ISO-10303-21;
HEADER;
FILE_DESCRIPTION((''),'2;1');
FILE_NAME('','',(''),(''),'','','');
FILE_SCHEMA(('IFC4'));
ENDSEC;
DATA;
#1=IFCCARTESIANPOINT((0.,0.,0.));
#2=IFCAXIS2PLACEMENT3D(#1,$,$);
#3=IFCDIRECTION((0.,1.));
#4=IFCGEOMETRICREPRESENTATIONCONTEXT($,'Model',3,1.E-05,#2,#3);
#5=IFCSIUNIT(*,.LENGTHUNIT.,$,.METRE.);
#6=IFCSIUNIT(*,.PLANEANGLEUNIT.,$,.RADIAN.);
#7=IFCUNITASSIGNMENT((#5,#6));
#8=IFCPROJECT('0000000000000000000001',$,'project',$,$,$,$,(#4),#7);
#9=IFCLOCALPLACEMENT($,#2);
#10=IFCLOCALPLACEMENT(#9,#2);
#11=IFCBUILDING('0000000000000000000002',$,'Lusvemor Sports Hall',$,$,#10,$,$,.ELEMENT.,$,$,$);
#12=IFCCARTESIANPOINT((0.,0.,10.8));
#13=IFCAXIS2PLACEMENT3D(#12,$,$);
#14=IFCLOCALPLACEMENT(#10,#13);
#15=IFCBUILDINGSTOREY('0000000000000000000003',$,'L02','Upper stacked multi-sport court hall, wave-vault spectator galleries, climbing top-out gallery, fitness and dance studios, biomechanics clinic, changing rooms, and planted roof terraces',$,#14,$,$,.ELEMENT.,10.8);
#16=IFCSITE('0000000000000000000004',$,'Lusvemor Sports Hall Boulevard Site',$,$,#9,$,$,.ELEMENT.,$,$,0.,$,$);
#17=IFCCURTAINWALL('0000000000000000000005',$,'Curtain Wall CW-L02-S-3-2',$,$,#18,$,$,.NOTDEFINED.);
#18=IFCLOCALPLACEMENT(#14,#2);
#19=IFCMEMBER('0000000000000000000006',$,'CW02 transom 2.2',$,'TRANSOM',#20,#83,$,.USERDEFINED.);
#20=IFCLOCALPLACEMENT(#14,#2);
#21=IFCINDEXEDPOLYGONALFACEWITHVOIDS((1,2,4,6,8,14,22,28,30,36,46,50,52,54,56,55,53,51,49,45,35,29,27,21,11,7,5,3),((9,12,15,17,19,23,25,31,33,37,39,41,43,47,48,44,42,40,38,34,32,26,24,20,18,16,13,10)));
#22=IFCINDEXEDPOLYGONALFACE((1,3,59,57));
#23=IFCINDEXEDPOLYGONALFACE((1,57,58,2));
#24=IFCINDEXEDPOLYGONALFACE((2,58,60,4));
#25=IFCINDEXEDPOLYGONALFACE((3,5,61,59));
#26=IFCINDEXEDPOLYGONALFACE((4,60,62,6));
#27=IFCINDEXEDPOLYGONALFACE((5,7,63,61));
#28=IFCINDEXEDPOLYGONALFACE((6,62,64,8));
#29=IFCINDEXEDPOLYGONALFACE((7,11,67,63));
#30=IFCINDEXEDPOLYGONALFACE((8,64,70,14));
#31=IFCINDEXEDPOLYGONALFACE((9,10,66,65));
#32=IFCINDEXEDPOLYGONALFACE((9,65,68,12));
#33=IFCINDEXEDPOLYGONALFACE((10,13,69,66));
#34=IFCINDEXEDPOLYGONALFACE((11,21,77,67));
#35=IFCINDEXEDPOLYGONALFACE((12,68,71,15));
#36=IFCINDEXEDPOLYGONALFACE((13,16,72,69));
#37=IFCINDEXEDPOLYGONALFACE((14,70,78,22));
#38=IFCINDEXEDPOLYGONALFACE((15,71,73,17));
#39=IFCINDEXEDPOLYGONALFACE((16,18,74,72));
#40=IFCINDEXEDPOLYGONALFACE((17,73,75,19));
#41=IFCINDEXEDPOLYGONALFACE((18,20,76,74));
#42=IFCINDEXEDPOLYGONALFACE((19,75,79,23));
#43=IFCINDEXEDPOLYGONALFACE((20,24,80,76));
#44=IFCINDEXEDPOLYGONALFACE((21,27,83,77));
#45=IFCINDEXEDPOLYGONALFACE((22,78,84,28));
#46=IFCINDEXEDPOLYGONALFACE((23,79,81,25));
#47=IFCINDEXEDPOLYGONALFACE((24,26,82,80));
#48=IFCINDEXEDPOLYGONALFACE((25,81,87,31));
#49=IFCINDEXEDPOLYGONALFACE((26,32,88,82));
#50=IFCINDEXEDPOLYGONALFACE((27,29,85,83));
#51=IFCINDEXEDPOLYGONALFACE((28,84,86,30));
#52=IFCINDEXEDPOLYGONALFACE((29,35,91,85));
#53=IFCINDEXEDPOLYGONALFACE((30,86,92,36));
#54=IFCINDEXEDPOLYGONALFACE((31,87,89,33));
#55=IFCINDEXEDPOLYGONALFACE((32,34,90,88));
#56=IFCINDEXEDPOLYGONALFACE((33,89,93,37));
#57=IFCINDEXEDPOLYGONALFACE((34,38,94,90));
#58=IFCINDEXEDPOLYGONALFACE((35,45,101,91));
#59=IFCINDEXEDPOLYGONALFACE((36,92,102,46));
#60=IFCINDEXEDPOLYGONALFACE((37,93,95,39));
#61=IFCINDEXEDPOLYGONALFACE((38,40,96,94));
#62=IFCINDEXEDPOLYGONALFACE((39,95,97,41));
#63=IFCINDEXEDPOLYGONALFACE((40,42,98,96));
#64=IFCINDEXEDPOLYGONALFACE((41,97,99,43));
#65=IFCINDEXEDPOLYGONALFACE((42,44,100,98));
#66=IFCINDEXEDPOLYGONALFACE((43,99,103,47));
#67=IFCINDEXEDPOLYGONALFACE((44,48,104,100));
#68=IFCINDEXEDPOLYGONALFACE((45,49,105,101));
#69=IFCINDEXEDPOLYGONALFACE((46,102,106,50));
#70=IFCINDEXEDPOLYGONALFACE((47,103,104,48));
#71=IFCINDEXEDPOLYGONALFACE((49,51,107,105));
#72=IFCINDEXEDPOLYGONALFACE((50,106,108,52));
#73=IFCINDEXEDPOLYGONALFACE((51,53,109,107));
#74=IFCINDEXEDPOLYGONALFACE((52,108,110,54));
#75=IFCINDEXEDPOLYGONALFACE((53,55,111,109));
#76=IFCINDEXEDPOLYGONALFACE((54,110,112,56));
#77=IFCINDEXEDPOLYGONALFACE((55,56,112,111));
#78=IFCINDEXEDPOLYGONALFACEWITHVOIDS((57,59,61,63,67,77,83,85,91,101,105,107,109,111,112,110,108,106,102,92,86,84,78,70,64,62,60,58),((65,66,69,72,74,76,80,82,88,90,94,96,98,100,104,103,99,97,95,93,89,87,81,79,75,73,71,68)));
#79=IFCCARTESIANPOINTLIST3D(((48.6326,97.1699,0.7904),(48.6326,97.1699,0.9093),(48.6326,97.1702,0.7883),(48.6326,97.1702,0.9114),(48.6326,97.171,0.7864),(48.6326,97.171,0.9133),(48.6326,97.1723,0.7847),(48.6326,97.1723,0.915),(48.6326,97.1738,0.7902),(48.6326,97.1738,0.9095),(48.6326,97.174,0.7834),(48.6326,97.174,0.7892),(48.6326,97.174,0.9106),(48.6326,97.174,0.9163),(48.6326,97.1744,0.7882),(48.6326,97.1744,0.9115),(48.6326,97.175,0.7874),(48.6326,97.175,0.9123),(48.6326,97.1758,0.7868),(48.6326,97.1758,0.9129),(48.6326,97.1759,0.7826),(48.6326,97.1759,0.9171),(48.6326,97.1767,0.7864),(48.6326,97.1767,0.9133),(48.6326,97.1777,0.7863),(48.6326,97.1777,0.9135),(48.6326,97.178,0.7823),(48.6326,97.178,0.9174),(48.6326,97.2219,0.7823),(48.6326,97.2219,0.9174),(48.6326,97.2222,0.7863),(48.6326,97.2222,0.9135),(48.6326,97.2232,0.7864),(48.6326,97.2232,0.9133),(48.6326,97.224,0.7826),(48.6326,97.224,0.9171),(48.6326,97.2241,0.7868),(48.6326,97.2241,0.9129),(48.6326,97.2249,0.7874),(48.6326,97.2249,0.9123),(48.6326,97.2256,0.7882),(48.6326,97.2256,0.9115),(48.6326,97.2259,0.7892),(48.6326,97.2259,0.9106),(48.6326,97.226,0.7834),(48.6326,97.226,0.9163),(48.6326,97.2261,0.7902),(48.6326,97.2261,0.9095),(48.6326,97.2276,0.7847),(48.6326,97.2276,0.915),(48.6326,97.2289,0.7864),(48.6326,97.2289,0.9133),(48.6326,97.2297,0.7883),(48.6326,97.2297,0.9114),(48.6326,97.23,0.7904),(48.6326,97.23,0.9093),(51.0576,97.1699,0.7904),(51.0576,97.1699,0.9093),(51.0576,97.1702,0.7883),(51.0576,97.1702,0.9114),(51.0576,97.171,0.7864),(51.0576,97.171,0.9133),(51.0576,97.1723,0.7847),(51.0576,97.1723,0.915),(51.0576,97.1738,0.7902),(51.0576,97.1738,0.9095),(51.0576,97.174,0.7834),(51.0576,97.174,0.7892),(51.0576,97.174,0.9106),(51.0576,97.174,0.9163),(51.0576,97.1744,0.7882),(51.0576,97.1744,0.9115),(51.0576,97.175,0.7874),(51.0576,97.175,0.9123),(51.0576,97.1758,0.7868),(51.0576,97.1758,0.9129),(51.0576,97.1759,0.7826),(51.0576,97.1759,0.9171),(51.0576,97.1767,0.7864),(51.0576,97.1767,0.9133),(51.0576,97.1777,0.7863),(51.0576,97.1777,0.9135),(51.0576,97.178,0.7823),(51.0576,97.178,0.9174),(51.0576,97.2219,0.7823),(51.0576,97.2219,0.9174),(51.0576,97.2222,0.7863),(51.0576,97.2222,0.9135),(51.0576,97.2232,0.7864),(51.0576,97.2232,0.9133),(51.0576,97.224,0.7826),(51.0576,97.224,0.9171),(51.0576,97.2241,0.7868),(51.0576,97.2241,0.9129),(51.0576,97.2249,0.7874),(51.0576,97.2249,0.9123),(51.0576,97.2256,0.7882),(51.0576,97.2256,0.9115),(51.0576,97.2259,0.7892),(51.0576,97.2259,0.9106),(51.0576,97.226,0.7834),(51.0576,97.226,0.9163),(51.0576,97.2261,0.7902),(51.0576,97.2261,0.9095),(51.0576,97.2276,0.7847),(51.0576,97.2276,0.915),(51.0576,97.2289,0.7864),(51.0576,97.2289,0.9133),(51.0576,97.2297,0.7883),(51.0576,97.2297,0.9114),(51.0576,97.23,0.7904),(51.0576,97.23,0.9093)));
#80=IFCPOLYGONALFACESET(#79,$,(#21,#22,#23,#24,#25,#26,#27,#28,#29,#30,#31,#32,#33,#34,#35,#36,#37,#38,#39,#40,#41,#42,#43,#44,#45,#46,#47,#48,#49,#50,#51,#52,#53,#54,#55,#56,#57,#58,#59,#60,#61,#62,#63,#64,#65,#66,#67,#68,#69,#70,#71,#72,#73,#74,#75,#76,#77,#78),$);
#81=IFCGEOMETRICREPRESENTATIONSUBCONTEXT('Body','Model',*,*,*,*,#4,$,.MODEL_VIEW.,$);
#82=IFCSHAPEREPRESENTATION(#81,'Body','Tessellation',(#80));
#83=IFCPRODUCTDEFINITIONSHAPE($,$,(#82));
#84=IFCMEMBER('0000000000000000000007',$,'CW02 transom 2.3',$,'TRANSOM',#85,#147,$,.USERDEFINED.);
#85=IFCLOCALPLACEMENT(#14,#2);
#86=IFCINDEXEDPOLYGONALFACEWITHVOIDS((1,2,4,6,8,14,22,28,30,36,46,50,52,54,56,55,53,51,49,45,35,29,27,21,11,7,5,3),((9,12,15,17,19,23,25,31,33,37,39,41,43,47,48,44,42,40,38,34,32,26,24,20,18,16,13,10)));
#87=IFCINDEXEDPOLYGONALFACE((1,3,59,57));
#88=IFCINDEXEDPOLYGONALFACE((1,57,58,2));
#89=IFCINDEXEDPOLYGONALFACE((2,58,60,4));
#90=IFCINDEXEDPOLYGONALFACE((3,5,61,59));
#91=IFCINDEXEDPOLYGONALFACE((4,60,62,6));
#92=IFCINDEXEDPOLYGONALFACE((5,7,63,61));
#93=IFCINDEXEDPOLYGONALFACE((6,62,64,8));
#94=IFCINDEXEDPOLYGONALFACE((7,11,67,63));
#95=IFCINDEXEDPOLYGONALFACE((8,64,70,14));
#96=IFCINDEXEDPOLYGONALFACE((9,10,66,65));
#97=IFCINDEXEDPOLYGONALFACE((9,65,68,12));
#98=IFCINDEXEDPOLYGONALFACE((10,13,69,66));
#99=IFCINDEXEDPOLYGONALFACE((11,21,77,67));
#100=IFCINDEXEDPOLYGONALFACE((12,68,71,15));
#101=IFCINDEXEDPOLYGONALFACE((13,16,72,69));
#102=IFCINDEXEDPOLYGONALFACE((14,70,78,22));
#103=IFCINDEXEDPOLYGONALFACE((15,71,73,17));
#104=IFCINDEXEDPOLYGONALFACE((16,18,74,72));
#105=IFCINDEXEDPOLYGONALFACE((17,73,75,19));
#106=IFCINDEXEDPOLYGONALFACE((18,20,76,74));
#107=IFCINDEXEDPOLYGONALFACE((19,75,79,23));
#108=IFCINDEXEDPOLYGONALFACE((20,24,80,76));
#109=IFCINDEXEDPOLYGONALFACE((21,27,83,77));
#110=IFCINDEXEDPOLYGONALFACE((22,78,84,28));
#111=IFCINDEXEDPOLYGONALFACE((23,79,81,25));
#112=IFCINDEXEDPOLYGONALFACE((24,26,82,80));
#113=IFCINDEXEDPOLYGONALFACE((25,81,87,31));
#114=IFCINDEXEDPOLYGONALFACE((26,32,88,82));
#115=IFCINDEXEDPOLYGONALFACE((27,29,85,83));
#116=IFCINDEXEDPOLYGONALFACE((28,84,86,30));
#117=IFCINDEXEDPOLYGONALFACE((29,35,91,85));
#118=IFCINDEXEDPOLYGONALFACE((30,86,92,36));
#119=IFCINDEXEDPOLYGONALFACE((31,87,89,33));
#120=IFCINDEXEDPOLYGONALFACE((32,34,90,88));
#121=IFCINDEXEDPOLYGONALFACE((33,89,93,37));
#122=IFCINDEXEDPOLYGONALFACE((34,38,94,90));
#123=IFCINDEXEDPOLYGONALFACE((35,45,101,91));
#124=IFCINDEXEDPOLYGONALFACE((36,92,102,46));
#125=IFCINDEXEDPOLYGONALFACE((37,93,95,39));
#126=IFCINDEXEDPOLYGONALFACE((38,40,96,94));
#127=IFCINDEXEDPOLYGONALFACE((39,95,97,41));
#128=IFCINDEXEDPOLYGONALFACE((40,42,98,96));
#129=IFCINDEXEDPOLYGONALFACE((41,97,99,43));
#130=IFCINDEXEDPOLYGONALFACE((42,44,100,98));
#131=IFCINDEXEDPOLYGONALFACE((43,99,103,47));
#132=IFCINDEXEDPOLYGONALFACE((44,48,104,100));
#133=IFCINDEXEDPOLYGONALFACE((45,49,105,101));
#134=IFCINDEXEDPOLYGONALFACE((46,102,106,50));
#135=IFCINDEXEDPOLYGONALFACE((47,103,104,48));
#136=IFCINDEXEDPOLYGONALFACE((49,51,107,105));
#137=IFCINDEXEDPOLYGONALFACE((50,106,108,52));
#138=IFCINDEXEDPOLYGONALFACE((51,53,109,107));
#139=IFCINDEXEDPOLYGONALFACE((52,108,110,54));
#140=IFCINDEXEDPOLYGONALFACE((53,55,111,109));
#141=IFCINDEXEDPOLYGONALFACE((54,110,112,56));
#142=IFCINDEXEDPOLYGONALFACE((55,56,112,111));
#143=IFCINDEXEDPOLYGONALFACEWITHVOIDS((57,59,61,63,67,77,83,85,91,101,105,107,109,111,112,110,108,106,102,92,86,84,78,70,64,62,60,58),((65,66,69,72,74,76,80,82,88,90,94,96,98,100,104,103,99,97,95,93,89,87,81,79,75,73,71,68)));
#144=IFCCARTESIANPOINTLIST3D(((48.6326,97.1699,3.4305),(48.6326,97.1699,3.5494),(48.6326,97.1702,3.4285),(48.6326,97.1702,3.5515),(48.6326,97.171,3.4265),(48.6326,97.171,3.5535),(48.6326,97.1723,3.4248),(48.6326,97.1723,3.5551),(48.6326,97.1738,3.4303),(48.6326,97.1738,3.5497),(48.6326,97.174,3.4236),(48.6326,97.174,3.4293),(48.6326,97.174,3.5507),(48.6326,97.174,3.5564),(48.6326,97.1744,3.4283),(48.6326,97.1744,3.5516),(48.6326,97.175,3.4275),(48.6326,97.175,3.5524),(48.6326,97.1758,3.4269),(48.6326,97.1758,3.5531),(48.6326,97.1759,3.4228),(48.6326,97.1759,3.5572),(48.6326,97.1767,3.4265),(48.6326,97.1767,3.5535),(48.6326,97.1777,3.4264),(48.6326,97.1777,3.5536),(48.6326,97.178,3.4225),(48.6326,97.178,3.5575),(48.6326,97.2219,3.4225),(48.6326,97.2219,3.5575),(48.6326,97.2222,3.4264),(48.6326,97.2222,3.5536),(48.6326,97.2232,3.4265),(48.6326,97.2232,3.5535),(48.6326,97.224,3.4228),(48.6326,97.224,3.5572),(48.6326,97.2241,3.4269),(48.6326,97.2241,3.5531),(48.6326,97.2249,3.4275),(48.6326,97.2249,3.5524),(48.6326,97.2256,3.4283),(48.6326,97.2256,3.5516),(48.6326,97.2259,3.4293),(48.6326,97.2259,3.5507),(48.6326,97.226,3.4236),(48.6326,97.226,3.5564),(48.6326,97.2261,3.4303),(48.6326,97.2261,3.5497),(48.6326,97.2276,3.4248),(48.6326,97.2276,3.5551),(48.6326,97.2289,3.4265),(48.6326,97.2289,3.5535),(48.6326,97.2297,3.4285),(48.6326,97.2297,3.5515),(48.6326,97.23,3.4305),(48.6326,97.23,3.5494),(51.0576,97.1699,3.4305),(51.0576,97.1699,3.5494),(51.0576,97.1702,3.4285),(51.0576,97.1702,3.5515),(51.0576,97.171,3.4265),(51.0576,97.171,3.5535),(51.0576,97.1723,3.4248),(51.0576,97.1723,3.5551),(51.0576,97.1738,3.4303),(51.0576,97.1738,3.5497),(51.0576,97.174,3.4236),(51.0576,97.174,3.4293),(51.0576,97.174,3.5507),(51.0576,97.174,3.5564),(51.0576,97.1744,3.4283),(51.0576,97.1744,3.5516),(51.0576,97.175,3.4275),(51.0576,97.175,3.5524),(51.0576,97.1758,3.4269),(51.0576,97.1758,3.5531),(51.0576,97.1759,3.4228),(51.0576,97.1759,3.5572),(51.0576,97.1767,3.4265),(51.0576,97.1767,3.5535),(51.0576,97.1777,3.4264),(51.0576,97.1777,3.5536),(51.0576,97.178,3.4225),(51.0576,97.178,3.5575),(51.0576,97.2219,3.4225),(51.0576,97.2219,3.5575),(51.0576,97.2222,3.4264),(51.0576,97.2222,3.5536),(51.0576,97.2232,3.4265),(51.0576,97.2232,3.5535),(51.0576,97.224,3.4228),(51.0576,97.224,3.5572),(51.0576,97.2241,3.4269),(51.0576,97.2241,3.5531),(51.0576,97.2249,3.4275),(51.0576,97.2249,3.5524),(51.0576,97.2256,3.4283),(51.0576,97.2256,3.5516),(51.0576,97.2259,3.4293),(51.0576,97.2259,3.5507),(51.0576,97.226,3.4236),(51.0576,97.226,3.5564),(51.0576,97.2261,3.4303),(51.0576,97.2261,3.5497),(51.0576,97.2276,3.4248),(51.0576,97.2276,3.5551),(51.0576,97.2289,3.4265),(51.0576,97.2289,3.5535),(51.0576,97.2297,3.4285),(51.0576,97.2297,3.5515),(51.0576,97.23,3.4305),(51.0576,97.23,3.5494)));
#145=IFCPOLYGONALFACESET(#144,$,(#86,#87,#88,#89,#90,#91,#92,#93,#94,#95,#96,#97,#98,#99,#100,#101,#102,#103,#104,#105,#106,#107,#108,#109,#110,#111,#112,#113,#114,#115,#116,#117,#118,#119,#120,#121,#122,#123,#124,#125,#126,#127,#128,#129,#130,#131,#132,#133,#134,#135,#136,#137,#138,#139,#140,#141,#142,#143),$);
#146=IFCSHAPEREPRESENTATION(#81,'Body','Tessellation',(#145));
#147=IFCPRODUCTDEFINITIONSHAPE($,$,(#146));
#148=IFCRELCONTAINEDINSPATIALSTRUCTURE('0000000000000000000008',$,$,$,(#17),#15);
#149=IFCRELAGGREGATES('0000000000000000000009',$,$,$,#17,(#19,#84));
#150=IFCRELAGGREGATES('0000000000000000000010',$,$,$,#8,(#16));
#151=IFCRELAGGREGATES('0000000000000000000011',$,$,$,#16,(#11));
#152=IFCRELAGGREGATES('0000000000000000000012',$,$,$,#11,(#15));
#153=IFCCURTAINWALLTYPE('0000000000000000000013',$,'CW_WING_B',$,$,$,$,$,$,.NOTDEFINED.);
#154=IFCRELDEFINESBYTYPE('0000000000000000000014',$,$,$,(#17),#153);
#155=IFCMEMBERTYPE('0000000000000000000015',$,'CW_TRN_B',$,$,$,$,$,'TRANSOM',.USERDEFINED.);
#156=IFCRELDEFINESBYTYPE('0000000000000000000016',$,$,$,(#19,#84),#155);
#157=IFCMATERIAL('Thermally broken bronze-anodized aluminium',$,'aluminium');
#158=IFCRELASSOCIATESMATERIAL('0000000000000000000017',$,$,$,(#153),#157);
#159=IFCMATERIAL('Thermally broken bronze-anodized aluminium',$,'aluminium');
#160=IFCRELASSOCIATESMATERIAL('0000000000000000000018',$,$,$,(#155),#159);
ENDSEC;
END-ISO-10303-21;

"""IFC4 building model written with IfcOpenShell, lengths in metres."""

from ifc_helpers import new_model, si_unit, direction, frame, origin, origin_2d, place, context, subcontext, project, spatial, hollow_rectangle, extrude, material, material_profile, profile_set, type_object, element, aggregate, save


model = new_model("IFC4")

# Units and contexts
model_context = context("Model", 3, precision=1e-05, world=origin(), true_north=direction((0.0, 1.0)))
body_context = subcontext(model_context, "Body", "Model", "MODEL_VIEW")
ifc_project = project(units=[si_unit("LENGTHUNIT", "METRE"), si_unit("PLANEANGLEUNIT", "RADIAN")], contexts=[model_context])

# Site, building, storey
site_placement = place(None, origin())
site = spatial("IfcSite", under=ifc_project, at=site_placement, Name="Lusvemor Sports Hall Boulevard Site", CompositionType="ELEMENT", RefElevation=0.0)
building_placement = place(site_placement, origin())
building = spatial("IfcBuilding", under=site, at=building_placement, Name="Lusvemor Sports Hall", CompositionType="ELEMENT")
storey_placement = place(building_placement, frame((0.0, 0.0, 10.8)))
storey = spatial("IfcBuildingStorey", under=building, at=storey_placement, Name="L02", Description="Upper stacked multi-sport court hall, wave-vault spectator galleries, climbing top-out gallery, fitness and dance studios, biomechanics clinic, changing rooms, and planted roof terraces", CompositionType="ELEMENT", Elevation=10.8)

# Curtain wall, members
ifc_material_1 = material(Name="Thermally broken bronze-anodized aluminium", Category="aluminium")
curtain_wall_type = type_object("IfcCurtainWallType", Name="CW_WING_B", PredefinedType="NOTDEFINED", material=ifc_material_1)
curtain_wall_placement = place(storey_placement, origin())
curtain_wall = element("IfcCurtainWall", 1, at=curtain_wall_placement, inside=storey, type_object=curtain_wall_type, Name="Curtain Wall CW-L02-S-3-2", PredefinedType="NOTDEFINED")
ifc_material_2 = material(Name="Thermally broken bronze-anodized aluminium", Category="aluminium")
ifc_material_profile_1 = material_profile(ifc_material_2, hollow_rectangle(XDim=0.0601, YDim=0.135, WallThickness=0.0039, InnerFilletRadius=0.0039, OuterFilletRadius=0.0081, at=origin_2d()), Name="CWTRN135x60x4")
ifc_profile_set_1 = profile_set([ifc_material_profile_1], Name="Thermally broken bronze-anodized aluminium")
member_type_1 = type_object("IfcMemberType", Name="CW_TRN_B", ElementType="TRANSOM", PredefinedType="USERDEFINED", material=ifc_profile_set_1)
member_1_placement = place(storey_placement, frame((51.0576, 97.2, 0.8499), z_axis=(-1.0, 0.0, 0.0), x_axis=(0.0, -1.0, 0.0)))
member_1 = element("IfcMember", 2, at=member_1_placement, type_object=member_type_1, Name="CW02 transom 2.2", ObjectType="TRANSOM", PredefinedType="USERDEFINED", context=body_context, shape_type="SweptSolid", body=[
    extrude(hollow_rectangle(XDim=0.0601, YDim=0.135, WallThickness=0.0039, InnerFilletRadius=0.0039, OuterFilletRadius=0.0081, at=origin_2d()), origin(), (0.0, 0.0, 1.0), 2.425),
])
member_2_placement = place(storey_placement, frame((51.0576, 97.2, 3.49), z_axis=(-1.0, 0.0, 0.0), x_axis=(0.0, -1.0, 0.0)))
member_2 = element("IfcMember", 3, at=member_2_placement, type_object=member_type_1, Name="CW02 transom 2.3", ObjectType="TRANSOM", PredefinedType="USERDEFINED", context=body_context, shape_type="SweptSolid", body=[
    extrude(hollow_rectangle(XDim=0.0601, YDim=0.135, WallThickness=0.0039, InnerFilletRadius=0.0039, OuterFilletRadius=0.0081, at=origin_2d()), origin(), (0.0, 0.0, 1.0), 2.425),
])

aggregate(curtain_wall, [member_1, member_2])

save(model, "model.ifc")
